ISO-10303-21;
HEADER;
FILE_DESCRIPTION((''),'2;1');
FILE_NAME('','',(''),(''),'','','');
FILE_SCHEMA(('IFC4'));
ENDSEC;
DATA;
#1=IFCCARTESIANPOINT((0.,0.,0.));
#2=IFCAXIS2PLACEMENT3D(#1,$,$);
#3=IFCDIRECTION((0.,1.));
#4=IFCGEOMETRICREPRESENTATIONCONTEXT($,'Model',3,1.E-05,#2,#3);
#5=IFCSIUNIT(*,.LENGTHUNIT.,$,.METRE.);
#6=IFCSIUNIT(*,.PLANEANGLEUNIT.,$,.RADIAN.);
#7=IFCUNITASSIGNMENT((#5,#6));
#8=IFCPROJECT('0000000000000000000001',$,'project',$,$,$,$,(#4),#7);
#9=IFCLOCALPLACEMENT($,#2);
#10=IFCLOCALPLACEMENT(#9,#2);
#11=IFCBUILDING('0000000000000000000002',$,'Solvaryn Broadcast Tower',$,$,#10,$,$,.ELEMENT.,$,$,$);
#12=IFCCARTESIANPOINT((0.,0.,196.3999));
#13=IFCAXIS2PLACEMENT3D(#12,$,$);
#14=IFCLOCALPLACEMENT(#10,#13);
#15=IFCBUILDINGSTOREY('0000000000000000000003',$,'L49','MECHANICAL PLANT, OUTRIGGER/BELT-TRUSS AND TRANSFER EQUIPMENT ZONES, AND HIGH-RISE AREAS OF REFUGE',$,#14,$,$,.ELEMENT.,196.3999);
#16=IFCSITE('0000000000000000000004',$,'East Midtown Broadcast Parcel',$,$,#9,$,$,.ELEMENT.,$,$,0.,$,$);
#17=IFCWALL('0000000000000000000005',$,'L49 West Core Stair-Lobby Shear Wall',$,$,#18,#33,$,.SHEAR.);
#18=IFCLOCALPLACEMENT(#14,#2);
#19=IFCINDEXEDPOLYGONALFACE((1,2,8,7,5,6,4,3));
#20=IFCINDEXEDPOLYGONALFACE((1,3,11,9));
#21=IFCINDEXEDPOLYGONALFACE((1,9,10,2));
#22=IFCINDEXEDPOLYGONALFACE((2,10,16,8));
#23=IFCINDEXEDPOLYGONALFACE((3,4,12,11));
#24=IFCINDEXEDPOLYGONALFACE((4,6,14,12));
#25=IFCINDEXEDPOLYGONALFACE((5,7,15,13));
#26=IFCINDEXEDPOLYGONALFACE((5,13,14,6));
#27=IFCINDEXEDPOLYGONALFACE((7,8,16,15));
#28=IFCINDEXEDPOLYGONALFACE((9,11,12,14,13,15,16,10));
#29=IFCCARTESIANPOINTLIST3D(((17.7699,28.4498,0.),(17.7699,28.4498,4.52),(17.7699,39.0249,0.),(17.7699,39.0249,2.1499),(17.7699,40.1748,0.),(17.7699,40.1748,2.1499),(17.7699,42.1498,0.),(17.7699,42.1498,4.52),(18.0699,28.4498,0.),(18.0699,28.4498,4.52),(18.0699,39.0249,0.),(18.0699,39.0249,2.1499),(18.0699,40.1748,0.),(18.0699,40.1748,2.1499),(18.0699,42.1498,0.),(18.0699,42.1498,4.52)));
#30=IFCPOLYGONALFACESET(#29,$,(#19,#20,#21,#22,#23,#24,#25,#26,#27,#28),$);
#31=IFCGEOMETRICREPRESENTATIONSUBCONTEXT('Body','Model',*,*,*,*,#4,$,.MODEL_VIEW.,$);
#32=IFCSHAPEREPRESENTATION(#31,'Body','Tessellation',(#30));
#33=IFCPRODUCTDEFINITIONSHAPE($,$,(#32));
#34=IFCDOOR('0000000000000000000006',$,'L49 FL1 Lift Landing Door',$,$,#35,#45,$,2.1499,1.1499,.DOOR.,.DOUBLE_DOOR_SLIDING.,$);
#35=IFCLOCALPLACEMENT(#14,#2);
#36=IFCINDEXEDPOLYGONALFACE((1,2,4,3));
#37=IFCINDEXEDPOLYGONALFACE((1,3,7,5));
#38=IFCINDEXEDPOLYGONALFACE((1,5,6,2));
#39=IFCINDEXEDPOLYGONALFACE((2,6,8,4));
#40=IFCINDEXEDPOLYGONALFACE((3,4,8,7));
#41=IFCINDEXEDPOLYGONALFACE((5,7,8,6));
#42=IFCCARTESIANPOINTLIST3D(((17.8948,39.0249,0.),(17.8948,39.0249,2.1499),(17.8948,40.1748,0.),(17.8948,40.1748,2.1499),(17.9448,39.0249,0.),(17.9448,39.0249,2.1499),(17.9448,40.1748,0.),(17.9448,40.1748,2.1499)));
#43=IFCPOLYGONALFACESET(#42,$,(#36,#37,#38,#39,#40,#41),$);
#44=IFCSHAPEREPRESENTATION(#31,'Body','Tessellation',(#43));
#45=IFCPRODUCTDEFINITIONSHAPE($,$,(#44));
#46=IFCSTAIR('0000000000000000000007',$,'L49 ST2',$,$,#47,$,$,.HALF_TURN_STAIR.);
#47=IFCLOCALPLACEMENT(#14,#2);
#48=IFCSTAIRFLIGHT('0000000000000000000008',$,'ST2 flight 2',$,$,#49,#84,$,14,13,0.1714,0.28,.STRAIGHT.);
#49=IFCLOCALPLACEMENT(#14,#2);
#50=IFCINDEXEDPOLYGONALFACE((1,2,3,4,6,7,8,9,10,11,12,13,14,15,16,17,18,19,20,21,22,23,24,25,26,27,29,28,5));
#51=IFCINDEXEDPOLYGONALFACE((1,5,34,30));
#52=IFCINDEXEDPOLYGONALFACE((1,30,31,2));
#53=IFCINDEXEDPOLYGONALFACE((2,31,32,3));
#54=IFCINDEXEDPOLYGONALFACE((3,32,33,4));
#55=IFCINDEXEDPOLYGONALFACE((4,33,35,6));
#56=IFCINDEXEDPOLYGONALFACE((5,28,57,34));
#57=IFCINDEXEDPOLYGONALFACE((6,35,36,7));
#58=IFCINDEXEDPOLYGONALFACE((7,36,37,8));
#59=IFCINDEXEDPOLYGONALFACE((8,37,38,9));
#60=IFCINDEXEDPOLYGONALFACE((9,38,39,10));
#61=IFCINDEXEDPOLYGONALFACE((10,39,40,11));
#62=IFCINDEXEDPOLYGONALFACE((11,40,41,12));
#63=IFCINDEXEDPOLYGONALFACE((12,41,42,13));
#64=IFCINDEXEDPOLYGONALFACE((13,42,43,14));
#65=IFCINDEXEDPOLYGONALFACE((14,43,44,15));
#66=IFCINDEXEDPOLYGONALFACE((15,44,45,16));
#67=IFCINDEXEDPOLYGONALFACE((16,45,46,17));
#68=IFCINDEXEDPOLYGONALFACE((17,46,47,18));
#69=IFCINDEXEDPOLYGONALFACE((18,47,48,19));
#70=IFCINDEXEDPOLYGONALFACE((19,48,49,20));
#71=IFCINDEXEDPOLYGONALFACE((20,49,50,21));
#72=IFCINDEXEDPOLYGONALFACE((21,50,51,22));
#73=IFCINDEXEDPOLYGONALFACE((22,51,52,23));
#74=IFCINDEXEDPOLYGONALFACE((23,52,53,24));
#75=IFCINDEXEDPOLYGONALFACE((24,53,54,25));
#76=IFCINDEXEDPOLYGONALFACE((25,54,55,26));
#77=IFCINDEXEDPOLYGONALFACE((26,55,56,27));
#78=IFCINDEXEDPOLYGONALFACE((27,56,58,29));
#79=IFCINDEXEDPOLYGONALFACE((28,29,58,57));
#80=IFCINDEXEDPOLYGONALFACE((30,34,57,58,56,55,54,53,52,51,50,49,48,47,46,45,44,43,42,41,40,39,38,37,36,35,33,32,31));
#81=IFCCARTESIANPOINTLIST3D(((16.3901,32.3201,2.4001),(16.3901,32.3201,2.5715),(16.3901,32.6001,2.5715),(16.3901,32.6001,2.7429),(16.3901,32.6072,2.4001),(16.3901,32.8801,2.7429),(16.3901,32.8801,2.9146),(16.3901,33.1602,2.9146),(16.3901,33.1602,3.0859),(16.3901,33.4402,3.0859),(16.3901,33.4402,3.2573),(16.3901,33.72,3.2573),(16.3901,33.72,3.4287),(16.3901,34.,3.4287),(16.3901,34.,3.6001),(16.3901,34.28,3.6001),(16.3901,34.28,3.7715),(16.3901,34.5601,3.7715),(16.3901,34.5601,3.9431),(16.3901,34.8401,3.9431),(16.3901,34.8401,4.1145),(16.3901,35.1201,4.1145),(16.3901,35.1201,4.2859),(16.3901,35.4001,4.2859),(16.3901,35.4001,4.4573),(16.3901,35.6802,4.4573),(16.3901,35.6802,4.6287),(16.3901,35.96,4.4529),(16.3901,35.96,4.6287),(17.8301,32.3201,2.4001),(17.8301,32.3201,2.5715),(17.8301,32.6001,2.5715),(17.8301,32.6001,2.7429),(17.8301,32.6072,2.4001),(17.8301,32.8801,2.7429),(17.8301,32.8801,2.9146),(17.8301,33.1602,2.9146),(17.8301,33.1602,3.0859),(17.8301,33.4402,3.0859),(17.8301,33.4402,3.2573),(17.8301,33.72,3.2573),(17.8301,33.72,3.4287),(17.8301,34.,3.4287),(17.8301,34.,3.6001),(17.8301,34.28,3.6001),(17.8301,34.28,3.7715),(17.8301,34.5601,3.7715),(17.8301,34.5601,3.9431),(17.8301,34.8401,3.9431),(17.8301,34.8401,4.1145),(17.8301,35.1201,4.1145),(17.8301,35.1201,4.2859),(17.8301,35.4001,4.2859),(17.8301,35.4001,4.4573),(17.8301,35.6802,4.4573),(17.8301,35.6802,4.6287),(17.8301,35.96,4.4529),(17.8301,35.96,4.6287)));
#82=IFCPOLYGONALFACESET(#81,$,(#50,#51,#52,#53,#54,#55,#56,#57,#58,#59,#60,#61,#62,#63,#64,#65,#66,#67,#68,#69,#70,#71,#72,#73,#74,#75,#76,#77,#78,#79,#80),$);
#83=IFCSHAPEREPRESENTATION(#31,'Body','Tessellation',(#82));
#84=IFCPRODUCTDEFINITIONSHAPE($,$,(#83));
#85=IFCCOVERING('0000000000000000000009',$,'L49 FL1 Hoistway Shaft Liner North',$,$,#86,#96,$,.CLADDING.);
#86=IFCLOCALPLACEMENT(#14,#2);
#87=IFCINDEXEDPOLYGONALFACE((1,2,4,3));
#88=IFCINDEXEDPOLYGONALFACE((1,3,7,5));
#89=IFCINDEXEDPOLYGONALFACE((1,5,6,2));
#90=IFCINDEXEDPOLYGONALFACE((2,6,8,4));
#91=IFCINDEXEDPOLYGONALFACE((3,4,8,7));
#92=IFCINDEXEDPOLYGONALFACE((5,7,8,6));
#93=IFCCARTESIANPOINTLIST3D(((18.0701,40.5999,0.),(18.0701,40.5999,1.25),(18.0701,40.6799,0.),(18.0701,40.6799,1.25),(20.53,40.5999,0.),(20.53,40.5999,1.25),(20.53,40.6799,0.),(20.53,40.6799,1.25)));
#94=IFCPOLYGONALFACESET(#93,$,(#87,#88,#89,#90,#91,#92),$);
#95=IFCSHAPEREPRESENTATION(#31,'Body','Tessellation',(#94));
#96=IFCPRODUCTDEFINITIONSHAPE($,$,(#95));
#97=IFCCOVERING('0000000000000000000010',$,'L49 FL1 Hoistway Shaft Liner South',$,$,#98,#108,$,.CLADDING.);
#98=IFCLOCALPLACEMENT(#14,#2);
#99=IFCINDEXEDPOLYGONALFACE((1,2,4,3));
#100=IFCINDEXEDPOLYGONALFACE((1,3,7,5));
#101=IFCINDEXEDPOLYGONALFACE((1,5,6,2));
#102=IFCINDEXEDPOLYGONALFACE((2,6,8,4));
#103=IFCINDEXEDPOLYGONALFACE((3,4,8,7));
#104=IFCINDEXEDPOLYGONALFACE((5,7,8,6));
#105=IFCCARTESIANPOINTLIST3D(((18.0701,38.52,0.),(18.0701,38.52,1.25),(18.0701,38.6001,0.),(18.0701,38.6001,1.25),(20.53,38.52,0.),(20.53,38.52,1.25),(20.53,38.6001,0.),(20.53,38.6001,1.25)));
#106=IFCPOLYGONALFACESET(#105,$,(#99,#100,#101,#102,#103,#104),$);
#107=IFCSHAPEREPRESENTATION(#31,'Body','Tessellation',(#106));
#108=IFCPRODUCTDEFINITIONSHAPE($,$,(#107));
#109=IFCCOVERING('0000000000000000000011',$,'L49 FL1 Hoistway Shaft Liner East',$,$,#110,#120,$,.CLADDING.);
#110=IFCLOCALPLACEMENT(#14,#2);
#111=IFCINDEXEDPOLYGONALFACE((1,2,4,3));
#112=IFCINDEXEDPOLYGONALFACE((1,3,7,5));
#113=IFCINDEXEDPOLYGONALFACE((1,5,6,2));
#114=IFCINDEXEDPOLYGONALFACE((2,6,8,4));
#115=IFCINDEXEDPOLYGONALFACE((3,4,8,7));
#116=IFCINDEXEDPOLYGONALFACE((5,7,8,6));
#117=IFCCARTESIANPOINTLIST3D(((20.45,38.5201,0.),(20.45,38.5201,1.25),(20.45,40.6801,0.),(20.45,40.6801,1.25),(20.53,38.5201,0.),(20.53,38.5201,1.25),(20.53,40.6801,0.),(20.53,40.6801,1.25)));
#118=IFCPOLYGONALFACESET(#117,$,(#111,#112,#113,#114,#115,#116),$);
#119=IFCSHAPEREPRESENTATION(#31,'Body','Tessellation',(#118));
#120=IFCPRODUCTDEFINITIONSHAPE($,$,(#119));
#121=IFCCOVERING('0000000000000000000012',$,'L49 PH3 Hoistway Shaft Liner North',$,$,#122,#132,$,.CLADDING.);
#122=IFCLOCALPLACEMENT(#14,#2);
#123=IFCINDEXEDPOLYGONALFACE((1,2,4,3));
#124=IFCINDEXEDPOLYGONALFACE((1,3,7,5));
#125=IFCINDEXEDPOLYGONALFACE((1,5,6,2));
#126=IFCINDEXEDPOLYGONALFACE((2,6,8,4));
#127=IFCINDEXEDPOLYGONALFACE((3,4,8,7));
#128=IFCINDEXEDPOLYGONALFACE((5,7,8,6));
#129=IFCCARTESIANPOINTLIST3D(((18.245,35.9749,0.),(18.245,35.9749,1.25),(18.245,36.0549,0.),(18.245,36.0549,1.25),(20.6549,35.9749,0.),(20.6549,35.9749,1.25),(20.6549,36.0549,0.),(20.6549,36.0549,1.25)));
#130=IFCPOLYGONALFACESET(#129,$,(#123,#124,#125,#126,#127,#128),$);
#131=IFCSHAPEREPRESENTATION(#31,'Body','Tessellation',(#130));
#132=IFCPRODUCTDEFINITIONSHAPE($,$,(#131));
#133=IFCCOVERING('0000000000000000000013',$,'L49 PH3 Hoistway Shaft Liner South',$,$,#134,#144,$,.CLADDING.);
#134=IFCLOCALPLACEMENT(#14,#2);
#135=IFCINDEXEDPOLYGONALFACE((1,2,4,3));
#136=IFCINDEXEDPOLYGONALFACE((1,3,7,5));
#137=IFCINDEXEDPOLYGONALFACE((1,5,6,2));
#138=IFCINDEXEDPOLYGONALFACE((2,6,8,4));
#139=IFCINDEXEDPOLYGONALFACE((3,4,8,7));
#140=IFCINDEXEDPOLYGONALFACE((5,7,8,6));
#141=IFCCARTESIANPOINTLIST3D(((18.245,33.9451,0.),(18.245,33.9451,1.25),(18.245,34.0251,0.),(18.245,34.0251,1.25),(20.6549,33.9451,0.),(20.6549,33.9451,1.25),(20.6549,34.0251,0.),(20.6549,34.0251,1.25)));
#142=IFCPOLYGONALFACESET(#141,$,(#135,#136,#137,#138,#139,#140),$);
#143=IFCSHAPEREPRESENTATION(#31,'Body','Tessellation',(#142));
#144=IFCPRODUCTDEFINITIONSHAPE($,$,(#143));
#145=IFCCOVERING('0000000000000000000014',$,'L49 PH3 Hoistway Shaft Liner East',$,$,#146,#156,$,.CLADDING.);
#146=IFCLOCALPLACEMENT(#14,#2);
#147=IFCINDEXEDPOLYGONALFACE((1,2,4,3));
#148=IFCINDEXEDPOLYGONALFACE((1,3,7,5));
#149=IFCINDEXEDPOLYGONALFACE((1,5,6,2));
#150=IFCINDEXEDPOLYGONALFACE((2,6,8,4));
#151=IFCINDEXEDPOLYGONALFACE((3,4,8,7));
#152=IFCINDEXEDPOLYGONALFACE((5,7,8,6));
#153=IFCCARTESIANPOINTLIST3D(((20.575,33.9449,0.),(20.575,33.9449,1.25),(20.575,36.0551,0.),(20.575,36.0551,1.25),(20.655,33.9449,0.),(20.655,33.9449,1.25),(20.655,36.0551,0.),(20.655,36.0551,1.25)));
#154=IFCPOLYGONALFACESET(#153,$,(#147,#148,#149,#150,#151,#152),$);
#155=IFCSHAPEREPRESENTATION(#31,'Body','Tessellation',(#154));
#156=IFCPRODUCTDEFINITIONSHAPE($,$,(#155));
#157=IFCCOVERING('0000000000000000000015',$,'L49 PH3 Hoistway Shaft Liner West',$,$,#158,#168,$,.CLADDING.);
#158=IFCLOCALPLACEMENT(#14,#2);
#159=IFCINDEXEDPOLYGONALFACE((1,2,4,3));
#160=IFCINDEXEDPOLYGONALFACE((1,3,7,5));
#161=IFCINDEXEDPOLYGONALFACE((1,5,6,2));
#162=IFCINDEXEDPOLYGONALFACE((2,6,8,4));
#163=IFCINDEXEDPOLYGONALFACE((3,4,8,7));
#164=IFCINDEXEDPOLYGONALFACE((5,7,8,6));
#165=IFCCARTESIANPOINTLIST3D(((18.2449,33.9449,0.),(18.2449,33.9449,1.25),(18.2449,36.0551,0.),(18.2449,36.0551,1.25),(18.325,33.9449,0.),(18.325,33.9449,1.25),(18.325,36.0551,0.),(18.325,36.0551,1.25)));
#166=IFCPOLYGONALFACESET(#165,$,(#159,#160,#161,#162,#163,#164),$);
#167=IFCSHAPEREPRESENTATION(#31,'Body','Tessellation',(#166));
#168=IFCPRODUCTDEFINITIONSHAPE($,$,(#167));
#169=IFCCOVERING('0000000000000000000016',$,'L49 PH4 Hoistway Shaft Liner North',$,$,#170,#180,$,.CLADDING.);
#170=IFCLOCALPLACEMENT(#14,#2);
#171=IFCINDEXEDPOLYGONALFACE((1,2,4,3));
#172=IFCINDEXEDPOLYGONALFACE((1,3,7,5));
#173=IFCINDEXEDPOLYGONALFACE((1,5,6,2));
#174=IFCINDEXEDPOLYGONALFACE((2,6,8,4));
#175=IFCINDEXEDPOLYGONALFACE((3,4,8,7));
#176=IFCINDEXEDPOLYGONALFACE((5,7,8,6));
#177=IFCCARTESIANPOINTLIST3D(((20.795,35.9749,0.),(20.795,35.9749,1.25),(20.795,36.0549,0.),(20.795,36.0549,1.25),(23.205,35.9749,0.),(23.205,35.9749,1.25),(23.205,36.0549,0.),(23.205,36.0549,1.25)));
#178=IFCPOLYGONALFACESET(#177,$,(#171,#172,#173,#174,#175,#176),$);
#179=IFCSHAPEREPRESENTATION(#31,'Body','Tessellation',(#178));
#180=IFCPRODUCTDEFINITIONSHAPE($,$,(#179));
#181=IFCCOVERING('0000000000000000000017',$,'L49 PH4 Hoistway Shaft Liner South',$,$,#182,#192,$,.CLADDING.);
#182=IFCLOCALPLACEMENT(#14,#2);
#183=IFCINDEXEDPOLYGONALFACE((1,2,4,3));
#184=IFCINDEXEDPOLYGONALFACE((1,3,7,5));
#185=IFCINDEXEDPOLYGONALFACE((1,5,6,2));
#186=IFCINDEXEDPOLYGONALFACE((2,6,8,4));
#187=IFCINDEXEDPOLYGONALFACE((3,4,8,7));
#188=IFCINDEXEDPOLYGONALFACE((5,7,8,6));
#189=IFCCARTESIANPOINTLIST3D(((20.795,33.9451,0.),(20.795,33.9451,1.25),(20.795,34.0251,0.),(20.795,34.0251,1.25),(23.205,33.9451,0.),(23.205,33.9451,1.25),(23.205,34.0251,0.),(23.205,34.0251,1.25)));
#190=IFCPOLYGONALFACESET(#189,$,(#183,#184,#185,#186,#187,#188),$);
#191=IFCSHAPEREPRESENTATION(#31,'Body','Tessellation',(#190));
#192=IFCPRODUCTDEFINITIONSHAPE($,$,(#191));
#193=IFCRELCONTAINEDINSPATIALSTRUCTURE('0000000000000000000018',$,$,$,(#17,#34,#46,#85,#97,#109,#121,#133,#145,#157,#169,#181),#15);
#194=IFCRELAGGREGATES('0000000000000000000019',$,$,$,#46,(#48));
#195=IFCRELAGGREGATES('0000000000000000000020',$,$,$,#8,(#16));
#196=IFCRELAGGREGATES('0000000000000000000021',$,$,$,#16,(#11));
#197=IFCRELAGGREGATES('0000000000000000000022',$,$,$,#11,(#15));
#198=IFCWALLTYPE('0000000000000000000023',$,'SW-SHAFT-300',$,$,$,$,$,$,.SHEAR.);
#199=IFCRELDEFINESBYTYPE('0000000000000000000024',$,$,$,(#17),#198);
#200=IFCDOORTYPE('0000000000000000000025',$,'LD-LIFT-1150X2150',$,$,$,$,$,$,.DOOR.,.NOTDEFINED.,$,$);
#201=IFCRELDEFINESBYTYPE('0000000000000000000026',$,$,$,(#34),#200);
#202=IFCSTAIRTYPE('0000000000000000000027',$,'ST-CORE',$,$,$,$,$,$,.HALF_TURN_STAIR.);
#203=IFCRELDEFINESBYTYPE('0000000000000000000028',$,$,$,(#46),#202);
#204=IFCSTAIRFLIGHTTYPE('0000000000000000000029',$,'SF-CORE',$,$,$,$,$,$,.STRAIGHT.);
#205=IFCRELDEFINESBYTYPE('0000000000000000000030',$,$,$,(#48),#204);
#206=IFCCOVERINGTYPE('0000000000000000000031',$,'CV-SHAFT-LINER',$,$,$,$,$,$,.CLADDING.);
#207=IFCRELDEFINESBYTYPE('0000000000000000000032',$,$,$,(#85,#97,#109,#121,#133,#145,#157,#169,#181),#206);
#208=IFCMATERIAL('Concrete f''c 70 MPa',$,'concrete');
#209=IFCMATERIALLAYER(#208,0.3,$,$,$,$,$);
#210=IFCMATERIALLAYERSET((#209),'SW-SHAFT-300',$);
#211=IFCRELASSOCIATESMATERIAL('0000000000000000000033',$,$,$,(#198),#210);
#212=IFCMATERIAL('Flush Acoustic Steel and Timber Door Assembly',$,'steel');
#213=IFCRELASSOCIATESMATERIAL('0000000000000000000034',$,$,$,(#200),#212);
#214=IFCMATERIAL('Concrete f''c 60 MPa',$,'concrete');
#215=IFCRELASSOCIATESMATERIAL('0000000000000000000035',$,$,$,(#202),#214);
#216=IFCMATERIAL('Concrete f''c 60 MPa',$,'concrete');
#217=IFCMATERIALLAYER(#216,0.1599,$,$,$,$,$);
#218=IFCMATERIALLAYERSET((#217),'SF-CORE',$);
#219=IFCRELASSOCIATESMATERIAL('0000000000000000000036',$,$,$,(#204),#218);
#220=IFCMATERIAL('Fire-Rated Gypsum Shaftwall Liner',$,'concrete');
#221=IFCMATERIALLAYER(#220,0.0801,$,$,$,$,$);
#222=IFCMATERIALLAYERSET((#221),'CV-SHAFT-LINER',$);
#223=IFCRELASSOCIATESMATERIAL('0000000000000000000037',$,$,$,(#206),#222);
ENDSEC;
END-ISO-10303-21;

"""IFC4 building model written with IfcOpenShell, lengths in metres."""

from ifc_helpers import new_model, si_unit, direction, frame, frame_2d, origin, origin_2d, place, context, subcontext, project, spatial, polyline, rectangle, outline, extrude, material, layer, layer_set, type_object, element, fill, aggregate, save


model = new_model("IFC4")

# Units and contexts
model_context = context("Model", 3, precision=1e-05, world=origin(), true_north=direction((0.0, 1.0)))
body_context = subcontext(model_context, "Body", "Model", "MODEL_VIEW")
ifc_project = project(units=[si_unit("LENGTHUNIT", "METRE"), si_unit("PLANEANGLEUNIT", "RADIAN")], contexts=[model_context])

# Site, building, storey
site_placement = place(None, origin())
site = spatial("IfcSite", under=ifc_project, at=site_placement, Name="East Midtown Broadcast Parcel", CompositionType="ELEMENT", RefElevation=0.0)
building_placement = place(site_placement, origin())
building = spatial("IfcBuilding", under=site, at=building_placement, Name="Solvaryn Broadcast Tower", CompositionType="ELEMENT")
storey_placement = place(building_placement, frame((0.0, 0.0, 196.3999)))
storey = spatial("IfcBuildingStorey", under=building, at=storey_placement, Name="L49", Description="MECHANICAL PLANT, OUTRIGGER/BELT-TRUSS AND TRANSFER EQUIPMENT ZONES, AND HIGH-RISE AREAS OF REFUGE", CompositionType="ELEMENT", Elevation=196.3999)

# Wall, opening, door
ifc_material_1 = material(Name="Concrete f'c 70 MPa", Category="concrete")
ifc_layer_1 = layer(ifc_material_1, 0.3)
ifc_layer_set_1 = layer_set([ifc_layer_1], Name="SW-SHAFT-300")
wall_type_1 = type_object("IfcWallType", Name="SW-SHAFT-300", PredefinedType="SHEAR", material=ifc_layer_set_1)
wall_1_placement = place(storey_placement, frame((17.9199, 42.1499, 0.0), z_axis=(0.0, 0.0, 1.0), x_axis=(0.0, -1.0, 0.0)))
wall_1 = element("IfcWall", 1, at=wall_1_placement, inside=storey, type_object=wall_type_1, Name="L49 West Core Stair-Lobby Shear Wall", PredefinedType="SHEAR", context=body_context, shape_type="SweptSolid", body=[
    extrude(rectangle(XDim=13.7, YDim=0.3, at=frame_2d((6.8501, 0.0))), origin(), (0.0, 0.0, 1.0), 4.52),
])
opening_1_placement = place(wall_1_placement, frame((1.9751, 0.0, 0.0)))
opening_1 = element("IfcOpeningElement", 2, at=opening_1_placement, cuts=wall_1, PredefinedType="OPENING", context=body_context, shape_type="SweptSolid", body=[
    extrude(rectangle(XDim=1.1499, YDim=2.1499, at=frame_2d((0.575, 1.075))), frame((0.0, 0.1599, 0.0), z_axis=(0.0, -1.0, 0.0), x_axis=(1.0, 0.0, 0.0)), (0.0, 0.0, 1.0), 0.3201),
])
ifc_material_2 = material(Name="Flush Acoustic Steel and Timber Door Assembly", Category="steel")
door_type_1 = type_object("IfcDoorType", Name="LD-LIFT-1150X2150", OperationType="NOTDEFINED", PredefinedType="DOOR", material=ifc_material_2)
door_1_placement = place(opening_1_placement, origin())
door_1 = element("IfcDoor", 3, at=door_1_placement, inside=storey, type_object=door_type_1, Name="L49 FL1 Lift Landing Door", OperationType="DOUBLE_DOOR_SLIDING", OverallHeight=2.1499, OverallWidth=1.1499, PredefinedType="DOOR", context=body_context, shape_type="SweptSolid", body=[
    extrude(rectangle(XDim=1.1499, YDim=2.1499, at=frame_2d((0.575, 1.075))), frame((0.0, 0.0249, 0.0), z_axis=(0.0, -1.0, 0.0), x_axis=(1.0, 0.0, 0.0)), (0.0, 0.0, 1.0), 0.05),
])
fill(opening_1, door_1)

# Stair, stair flight
ifc_material_3 = material(Name="Concrete f'c 60 MPa", Category="concrete")
stair_type = type_object("IfcStairType", Name="ST-CORE", PredefinedType="HALF_TURN_STAIR", material=ifc_material_3)
stair_placement = place(storey_placement, origin())
stair = element("IfcStair", 4, at=stair_placement, inside=storey, type_object=stair_type, Name="L49 ST2", PredefinedType="HALF_TURN_STAIR")
ifc_material_4 = material(Name="Concrete f'c 60 MPa", Category="concrete")
ifc_layer_2 = layer(ifc_material_4, 0.1599)
ifc_layer_set_2 = layer_set([ifc_layer_2], Name="SF-CORE")
stair_flight_type = type_object("IfcStairFlightType", Name="SF-CORE", PredefinedType="STRAIGHT", material=ifc_layer_set_2)
stair_flight_placement = place(storey_placement, frame((17.1101, 32.3201, 2.4001), z_axis=(0.0, 0.0, 1.0), x_axis=(0.0, 1.0, 0.0)))
stair_flight = element("IfcStairFlight", 5, at=stair_flight_placement, type_object=stair_flight_type, Name="ST2 flight 2", NumberOfRisers=14, NumberOfTreads=13, PredefinedType="STRAIGHT", RiserHeight=0.1714, TreadLength=0.28, context=body_context, shape_type="SweptSolid", body=[
    extrude(outline(polyline([(0.0, 0.0), (0.0, 0.1714), (0.28, 0.1714), (0.28, 0.3428), (0.5601, 0.3428), (0.5601, 0.5144), (0.8401, 0.5144), (0.8401, 0.6858), (1.1201, 0.6858), (1.1201, 0.8572), (1.3999, 0.8572), (1.3999, 1.0286), (1.6799, 1.0286), (1.6799, 1.2), (1.96, 1.2), (1.96, 1.3713), (2.24, 1.3713), (2.24, 1.543), (2.52, 1.543), (2.52, 1.7144), (2.8, 1.7144), (2.8, 1.8857), (3.0801, 1.8857), (3.0801, 2.0571), (3.3601, 2.0571), (3.3601, 2.2285), (3.6399, 2.2285), (3.6399, 2.3999), (3.6399, 2.0527), (0.2871, 0.0), (0.0, 0.0)])), frame((0.0, 0.72, 0.0), z_axis=(0.0, -1.0, 0.0), x_axis=(1.0, 0.0, 0.0)), (0.0, 0.0, 1.0), 1.4399),
])
aggregate(stair, [stair_flight])

# Coverings
ifc_material_5 = material(Name="Fire-Rated Gypsum Shaftwall Liner", Category="concrete")
ifc_layer_3 = layer(ifc_material_5, 0.0801)
ifc_layer_set_3 = layer_set([ifc_layer_3], Name="CV-SHAFT-LINER")
covering_type = type_object("IfcCoveringType", Name="CV-SHAFT-LINER", PredefinedType="CLADDING", material=ifc_layer_set_3)
for number, where, z_axis, x_axis, name in (
    (6, (19.3, 40.6399, 0.0), (0.0, 0.0, 1.0), (1.0, 0.0, 0.0), "L49 FL1 Hoistway Shaft Liner North"),
    (7, (19.3, 38.5601, 0.0), (0.0, 0.0, 1.0), (1.0, 0.0, 0.0), "L49 FL1 Hoistway Shaft Liner South"),
):
    element("IfcCovering", number, at=place(storey_placement, frame(where, z_axis=z_axis, x_axis=x_axis)), inside=storey, type_object=covering_type, Name=name, PredefinedType="CLADDING", context=body_context, shape_type="SweptSolid", body=[
        extrude(rectangle(XDim=2.46, YDim=0.0801, at=origin_2d()), origin(), (0.0, 0.0, 1.0), 1.25),
    ])
covering_placement = place(storey_placement, frame((20.49, 39.6001, 0.0), z_axis=(0.0, 0.0, 1.0), x_axis=(1.0, 0.0, 0.0)))
element("IfcCovering", 8, at=covering_placement, inside=storey, type_object=covering_type, Name="L49 FL1 Hoistway Shaft Liner East", PredefinedType="CLADDING", context=body_context, shape_type="SweptSolid", body=[
    extrude(rectangle(XDim=0.0801, YDim=2.1599, at=origin_2d()), origin(), (0.0, 0.0, 1.0), 1.25),
])
for number, where, z_axis, x_axis, name in (
    (9, (19.45, 36.0149, 0.0), (0.0, 0.0, 1.0), (1.0, 0.0, 0.0), "L49 PH3 Hoistway Shaft Liner North"),
    (10, (19.45, 33.9851, 0.0), (0.0, 0.0, 1.0), (1.0, 0.0, 0.0), "L49 PH3 Hoistway Shaft Liner South"),
):
    element("IfcCovering", number, at=place(storey_placement, frame(where, z_axis=z_axis, x_axis=x_axis)), inside=storey, type_object=covering_type, Name=name, PredefinedType="CLADDING", context=body_context, shape_type="SweptSolid", body=[
        extrude(rectangle(XDim=2.4099, YDim=0.0801, at=origin_2d()), origin(), (0.0, 0.0, 1.0), 1.25),
    ])
for number, where, z_axis, x_axis, name in (
    (11, (20.615, 35.0, 0.0), (0.0, 0.0, 1.0), (1.0, 0.0, 0.0), "L49 PH3 Hoistway Shaft Liner East"),
    (12, (18.2849, 35.0, 0.0), (0.0, 0.0, 1.0), (1.0, 0.0, 0.0), "L49 PH3 Hoistway Shaft Liner West"),
):
    element("IfcCovering", number, at=place(storey_placement, frame(where, z_axis=z_axis, x_axis=x_axis)), inside=storey, type_object=covering_type, Name=name, PredefinedType="CLADDING", context=body_context, shape_type="SweptSolid", body=[
        extrude(rectangle(XDim=0.0801, YDim=2.1101, at=origin_2d()), origin(), (0.0, 0.0, 1.0), 1.25),
    ])
for number, where, z_axis, x_axis, name in (
    (13, (22.0, 36.0149, 0.0), (0.0, 0.0, 1.0), (1.0, 0.0, 0.0), "L49 PH4 Hoistway Shaft Liner North"),
    (14, (22.0, 33.9851, 0.0), (0.0, 0.0, 1.0), (1.0, 0.0, 0.0), "L49 PH4 Hoistway Shaft Liner South"),
):
    element("IfcCovering", number, at=place(storey_placement, frame(where, z_axis=z_axis, x_axis=x_axis)), inside=storey, type_object=covering_type, Name=name, PredefinedType="CLADDING", context=body_context, shape_type="SweptSolid", body=[
        extrude(rectangle(XDim=2.4099, YDim=0.0801, at=origin_2d()), origin(), (0.0, 0.0, 1.0), 1.25),
    ])

save(model, "model.ifc")
